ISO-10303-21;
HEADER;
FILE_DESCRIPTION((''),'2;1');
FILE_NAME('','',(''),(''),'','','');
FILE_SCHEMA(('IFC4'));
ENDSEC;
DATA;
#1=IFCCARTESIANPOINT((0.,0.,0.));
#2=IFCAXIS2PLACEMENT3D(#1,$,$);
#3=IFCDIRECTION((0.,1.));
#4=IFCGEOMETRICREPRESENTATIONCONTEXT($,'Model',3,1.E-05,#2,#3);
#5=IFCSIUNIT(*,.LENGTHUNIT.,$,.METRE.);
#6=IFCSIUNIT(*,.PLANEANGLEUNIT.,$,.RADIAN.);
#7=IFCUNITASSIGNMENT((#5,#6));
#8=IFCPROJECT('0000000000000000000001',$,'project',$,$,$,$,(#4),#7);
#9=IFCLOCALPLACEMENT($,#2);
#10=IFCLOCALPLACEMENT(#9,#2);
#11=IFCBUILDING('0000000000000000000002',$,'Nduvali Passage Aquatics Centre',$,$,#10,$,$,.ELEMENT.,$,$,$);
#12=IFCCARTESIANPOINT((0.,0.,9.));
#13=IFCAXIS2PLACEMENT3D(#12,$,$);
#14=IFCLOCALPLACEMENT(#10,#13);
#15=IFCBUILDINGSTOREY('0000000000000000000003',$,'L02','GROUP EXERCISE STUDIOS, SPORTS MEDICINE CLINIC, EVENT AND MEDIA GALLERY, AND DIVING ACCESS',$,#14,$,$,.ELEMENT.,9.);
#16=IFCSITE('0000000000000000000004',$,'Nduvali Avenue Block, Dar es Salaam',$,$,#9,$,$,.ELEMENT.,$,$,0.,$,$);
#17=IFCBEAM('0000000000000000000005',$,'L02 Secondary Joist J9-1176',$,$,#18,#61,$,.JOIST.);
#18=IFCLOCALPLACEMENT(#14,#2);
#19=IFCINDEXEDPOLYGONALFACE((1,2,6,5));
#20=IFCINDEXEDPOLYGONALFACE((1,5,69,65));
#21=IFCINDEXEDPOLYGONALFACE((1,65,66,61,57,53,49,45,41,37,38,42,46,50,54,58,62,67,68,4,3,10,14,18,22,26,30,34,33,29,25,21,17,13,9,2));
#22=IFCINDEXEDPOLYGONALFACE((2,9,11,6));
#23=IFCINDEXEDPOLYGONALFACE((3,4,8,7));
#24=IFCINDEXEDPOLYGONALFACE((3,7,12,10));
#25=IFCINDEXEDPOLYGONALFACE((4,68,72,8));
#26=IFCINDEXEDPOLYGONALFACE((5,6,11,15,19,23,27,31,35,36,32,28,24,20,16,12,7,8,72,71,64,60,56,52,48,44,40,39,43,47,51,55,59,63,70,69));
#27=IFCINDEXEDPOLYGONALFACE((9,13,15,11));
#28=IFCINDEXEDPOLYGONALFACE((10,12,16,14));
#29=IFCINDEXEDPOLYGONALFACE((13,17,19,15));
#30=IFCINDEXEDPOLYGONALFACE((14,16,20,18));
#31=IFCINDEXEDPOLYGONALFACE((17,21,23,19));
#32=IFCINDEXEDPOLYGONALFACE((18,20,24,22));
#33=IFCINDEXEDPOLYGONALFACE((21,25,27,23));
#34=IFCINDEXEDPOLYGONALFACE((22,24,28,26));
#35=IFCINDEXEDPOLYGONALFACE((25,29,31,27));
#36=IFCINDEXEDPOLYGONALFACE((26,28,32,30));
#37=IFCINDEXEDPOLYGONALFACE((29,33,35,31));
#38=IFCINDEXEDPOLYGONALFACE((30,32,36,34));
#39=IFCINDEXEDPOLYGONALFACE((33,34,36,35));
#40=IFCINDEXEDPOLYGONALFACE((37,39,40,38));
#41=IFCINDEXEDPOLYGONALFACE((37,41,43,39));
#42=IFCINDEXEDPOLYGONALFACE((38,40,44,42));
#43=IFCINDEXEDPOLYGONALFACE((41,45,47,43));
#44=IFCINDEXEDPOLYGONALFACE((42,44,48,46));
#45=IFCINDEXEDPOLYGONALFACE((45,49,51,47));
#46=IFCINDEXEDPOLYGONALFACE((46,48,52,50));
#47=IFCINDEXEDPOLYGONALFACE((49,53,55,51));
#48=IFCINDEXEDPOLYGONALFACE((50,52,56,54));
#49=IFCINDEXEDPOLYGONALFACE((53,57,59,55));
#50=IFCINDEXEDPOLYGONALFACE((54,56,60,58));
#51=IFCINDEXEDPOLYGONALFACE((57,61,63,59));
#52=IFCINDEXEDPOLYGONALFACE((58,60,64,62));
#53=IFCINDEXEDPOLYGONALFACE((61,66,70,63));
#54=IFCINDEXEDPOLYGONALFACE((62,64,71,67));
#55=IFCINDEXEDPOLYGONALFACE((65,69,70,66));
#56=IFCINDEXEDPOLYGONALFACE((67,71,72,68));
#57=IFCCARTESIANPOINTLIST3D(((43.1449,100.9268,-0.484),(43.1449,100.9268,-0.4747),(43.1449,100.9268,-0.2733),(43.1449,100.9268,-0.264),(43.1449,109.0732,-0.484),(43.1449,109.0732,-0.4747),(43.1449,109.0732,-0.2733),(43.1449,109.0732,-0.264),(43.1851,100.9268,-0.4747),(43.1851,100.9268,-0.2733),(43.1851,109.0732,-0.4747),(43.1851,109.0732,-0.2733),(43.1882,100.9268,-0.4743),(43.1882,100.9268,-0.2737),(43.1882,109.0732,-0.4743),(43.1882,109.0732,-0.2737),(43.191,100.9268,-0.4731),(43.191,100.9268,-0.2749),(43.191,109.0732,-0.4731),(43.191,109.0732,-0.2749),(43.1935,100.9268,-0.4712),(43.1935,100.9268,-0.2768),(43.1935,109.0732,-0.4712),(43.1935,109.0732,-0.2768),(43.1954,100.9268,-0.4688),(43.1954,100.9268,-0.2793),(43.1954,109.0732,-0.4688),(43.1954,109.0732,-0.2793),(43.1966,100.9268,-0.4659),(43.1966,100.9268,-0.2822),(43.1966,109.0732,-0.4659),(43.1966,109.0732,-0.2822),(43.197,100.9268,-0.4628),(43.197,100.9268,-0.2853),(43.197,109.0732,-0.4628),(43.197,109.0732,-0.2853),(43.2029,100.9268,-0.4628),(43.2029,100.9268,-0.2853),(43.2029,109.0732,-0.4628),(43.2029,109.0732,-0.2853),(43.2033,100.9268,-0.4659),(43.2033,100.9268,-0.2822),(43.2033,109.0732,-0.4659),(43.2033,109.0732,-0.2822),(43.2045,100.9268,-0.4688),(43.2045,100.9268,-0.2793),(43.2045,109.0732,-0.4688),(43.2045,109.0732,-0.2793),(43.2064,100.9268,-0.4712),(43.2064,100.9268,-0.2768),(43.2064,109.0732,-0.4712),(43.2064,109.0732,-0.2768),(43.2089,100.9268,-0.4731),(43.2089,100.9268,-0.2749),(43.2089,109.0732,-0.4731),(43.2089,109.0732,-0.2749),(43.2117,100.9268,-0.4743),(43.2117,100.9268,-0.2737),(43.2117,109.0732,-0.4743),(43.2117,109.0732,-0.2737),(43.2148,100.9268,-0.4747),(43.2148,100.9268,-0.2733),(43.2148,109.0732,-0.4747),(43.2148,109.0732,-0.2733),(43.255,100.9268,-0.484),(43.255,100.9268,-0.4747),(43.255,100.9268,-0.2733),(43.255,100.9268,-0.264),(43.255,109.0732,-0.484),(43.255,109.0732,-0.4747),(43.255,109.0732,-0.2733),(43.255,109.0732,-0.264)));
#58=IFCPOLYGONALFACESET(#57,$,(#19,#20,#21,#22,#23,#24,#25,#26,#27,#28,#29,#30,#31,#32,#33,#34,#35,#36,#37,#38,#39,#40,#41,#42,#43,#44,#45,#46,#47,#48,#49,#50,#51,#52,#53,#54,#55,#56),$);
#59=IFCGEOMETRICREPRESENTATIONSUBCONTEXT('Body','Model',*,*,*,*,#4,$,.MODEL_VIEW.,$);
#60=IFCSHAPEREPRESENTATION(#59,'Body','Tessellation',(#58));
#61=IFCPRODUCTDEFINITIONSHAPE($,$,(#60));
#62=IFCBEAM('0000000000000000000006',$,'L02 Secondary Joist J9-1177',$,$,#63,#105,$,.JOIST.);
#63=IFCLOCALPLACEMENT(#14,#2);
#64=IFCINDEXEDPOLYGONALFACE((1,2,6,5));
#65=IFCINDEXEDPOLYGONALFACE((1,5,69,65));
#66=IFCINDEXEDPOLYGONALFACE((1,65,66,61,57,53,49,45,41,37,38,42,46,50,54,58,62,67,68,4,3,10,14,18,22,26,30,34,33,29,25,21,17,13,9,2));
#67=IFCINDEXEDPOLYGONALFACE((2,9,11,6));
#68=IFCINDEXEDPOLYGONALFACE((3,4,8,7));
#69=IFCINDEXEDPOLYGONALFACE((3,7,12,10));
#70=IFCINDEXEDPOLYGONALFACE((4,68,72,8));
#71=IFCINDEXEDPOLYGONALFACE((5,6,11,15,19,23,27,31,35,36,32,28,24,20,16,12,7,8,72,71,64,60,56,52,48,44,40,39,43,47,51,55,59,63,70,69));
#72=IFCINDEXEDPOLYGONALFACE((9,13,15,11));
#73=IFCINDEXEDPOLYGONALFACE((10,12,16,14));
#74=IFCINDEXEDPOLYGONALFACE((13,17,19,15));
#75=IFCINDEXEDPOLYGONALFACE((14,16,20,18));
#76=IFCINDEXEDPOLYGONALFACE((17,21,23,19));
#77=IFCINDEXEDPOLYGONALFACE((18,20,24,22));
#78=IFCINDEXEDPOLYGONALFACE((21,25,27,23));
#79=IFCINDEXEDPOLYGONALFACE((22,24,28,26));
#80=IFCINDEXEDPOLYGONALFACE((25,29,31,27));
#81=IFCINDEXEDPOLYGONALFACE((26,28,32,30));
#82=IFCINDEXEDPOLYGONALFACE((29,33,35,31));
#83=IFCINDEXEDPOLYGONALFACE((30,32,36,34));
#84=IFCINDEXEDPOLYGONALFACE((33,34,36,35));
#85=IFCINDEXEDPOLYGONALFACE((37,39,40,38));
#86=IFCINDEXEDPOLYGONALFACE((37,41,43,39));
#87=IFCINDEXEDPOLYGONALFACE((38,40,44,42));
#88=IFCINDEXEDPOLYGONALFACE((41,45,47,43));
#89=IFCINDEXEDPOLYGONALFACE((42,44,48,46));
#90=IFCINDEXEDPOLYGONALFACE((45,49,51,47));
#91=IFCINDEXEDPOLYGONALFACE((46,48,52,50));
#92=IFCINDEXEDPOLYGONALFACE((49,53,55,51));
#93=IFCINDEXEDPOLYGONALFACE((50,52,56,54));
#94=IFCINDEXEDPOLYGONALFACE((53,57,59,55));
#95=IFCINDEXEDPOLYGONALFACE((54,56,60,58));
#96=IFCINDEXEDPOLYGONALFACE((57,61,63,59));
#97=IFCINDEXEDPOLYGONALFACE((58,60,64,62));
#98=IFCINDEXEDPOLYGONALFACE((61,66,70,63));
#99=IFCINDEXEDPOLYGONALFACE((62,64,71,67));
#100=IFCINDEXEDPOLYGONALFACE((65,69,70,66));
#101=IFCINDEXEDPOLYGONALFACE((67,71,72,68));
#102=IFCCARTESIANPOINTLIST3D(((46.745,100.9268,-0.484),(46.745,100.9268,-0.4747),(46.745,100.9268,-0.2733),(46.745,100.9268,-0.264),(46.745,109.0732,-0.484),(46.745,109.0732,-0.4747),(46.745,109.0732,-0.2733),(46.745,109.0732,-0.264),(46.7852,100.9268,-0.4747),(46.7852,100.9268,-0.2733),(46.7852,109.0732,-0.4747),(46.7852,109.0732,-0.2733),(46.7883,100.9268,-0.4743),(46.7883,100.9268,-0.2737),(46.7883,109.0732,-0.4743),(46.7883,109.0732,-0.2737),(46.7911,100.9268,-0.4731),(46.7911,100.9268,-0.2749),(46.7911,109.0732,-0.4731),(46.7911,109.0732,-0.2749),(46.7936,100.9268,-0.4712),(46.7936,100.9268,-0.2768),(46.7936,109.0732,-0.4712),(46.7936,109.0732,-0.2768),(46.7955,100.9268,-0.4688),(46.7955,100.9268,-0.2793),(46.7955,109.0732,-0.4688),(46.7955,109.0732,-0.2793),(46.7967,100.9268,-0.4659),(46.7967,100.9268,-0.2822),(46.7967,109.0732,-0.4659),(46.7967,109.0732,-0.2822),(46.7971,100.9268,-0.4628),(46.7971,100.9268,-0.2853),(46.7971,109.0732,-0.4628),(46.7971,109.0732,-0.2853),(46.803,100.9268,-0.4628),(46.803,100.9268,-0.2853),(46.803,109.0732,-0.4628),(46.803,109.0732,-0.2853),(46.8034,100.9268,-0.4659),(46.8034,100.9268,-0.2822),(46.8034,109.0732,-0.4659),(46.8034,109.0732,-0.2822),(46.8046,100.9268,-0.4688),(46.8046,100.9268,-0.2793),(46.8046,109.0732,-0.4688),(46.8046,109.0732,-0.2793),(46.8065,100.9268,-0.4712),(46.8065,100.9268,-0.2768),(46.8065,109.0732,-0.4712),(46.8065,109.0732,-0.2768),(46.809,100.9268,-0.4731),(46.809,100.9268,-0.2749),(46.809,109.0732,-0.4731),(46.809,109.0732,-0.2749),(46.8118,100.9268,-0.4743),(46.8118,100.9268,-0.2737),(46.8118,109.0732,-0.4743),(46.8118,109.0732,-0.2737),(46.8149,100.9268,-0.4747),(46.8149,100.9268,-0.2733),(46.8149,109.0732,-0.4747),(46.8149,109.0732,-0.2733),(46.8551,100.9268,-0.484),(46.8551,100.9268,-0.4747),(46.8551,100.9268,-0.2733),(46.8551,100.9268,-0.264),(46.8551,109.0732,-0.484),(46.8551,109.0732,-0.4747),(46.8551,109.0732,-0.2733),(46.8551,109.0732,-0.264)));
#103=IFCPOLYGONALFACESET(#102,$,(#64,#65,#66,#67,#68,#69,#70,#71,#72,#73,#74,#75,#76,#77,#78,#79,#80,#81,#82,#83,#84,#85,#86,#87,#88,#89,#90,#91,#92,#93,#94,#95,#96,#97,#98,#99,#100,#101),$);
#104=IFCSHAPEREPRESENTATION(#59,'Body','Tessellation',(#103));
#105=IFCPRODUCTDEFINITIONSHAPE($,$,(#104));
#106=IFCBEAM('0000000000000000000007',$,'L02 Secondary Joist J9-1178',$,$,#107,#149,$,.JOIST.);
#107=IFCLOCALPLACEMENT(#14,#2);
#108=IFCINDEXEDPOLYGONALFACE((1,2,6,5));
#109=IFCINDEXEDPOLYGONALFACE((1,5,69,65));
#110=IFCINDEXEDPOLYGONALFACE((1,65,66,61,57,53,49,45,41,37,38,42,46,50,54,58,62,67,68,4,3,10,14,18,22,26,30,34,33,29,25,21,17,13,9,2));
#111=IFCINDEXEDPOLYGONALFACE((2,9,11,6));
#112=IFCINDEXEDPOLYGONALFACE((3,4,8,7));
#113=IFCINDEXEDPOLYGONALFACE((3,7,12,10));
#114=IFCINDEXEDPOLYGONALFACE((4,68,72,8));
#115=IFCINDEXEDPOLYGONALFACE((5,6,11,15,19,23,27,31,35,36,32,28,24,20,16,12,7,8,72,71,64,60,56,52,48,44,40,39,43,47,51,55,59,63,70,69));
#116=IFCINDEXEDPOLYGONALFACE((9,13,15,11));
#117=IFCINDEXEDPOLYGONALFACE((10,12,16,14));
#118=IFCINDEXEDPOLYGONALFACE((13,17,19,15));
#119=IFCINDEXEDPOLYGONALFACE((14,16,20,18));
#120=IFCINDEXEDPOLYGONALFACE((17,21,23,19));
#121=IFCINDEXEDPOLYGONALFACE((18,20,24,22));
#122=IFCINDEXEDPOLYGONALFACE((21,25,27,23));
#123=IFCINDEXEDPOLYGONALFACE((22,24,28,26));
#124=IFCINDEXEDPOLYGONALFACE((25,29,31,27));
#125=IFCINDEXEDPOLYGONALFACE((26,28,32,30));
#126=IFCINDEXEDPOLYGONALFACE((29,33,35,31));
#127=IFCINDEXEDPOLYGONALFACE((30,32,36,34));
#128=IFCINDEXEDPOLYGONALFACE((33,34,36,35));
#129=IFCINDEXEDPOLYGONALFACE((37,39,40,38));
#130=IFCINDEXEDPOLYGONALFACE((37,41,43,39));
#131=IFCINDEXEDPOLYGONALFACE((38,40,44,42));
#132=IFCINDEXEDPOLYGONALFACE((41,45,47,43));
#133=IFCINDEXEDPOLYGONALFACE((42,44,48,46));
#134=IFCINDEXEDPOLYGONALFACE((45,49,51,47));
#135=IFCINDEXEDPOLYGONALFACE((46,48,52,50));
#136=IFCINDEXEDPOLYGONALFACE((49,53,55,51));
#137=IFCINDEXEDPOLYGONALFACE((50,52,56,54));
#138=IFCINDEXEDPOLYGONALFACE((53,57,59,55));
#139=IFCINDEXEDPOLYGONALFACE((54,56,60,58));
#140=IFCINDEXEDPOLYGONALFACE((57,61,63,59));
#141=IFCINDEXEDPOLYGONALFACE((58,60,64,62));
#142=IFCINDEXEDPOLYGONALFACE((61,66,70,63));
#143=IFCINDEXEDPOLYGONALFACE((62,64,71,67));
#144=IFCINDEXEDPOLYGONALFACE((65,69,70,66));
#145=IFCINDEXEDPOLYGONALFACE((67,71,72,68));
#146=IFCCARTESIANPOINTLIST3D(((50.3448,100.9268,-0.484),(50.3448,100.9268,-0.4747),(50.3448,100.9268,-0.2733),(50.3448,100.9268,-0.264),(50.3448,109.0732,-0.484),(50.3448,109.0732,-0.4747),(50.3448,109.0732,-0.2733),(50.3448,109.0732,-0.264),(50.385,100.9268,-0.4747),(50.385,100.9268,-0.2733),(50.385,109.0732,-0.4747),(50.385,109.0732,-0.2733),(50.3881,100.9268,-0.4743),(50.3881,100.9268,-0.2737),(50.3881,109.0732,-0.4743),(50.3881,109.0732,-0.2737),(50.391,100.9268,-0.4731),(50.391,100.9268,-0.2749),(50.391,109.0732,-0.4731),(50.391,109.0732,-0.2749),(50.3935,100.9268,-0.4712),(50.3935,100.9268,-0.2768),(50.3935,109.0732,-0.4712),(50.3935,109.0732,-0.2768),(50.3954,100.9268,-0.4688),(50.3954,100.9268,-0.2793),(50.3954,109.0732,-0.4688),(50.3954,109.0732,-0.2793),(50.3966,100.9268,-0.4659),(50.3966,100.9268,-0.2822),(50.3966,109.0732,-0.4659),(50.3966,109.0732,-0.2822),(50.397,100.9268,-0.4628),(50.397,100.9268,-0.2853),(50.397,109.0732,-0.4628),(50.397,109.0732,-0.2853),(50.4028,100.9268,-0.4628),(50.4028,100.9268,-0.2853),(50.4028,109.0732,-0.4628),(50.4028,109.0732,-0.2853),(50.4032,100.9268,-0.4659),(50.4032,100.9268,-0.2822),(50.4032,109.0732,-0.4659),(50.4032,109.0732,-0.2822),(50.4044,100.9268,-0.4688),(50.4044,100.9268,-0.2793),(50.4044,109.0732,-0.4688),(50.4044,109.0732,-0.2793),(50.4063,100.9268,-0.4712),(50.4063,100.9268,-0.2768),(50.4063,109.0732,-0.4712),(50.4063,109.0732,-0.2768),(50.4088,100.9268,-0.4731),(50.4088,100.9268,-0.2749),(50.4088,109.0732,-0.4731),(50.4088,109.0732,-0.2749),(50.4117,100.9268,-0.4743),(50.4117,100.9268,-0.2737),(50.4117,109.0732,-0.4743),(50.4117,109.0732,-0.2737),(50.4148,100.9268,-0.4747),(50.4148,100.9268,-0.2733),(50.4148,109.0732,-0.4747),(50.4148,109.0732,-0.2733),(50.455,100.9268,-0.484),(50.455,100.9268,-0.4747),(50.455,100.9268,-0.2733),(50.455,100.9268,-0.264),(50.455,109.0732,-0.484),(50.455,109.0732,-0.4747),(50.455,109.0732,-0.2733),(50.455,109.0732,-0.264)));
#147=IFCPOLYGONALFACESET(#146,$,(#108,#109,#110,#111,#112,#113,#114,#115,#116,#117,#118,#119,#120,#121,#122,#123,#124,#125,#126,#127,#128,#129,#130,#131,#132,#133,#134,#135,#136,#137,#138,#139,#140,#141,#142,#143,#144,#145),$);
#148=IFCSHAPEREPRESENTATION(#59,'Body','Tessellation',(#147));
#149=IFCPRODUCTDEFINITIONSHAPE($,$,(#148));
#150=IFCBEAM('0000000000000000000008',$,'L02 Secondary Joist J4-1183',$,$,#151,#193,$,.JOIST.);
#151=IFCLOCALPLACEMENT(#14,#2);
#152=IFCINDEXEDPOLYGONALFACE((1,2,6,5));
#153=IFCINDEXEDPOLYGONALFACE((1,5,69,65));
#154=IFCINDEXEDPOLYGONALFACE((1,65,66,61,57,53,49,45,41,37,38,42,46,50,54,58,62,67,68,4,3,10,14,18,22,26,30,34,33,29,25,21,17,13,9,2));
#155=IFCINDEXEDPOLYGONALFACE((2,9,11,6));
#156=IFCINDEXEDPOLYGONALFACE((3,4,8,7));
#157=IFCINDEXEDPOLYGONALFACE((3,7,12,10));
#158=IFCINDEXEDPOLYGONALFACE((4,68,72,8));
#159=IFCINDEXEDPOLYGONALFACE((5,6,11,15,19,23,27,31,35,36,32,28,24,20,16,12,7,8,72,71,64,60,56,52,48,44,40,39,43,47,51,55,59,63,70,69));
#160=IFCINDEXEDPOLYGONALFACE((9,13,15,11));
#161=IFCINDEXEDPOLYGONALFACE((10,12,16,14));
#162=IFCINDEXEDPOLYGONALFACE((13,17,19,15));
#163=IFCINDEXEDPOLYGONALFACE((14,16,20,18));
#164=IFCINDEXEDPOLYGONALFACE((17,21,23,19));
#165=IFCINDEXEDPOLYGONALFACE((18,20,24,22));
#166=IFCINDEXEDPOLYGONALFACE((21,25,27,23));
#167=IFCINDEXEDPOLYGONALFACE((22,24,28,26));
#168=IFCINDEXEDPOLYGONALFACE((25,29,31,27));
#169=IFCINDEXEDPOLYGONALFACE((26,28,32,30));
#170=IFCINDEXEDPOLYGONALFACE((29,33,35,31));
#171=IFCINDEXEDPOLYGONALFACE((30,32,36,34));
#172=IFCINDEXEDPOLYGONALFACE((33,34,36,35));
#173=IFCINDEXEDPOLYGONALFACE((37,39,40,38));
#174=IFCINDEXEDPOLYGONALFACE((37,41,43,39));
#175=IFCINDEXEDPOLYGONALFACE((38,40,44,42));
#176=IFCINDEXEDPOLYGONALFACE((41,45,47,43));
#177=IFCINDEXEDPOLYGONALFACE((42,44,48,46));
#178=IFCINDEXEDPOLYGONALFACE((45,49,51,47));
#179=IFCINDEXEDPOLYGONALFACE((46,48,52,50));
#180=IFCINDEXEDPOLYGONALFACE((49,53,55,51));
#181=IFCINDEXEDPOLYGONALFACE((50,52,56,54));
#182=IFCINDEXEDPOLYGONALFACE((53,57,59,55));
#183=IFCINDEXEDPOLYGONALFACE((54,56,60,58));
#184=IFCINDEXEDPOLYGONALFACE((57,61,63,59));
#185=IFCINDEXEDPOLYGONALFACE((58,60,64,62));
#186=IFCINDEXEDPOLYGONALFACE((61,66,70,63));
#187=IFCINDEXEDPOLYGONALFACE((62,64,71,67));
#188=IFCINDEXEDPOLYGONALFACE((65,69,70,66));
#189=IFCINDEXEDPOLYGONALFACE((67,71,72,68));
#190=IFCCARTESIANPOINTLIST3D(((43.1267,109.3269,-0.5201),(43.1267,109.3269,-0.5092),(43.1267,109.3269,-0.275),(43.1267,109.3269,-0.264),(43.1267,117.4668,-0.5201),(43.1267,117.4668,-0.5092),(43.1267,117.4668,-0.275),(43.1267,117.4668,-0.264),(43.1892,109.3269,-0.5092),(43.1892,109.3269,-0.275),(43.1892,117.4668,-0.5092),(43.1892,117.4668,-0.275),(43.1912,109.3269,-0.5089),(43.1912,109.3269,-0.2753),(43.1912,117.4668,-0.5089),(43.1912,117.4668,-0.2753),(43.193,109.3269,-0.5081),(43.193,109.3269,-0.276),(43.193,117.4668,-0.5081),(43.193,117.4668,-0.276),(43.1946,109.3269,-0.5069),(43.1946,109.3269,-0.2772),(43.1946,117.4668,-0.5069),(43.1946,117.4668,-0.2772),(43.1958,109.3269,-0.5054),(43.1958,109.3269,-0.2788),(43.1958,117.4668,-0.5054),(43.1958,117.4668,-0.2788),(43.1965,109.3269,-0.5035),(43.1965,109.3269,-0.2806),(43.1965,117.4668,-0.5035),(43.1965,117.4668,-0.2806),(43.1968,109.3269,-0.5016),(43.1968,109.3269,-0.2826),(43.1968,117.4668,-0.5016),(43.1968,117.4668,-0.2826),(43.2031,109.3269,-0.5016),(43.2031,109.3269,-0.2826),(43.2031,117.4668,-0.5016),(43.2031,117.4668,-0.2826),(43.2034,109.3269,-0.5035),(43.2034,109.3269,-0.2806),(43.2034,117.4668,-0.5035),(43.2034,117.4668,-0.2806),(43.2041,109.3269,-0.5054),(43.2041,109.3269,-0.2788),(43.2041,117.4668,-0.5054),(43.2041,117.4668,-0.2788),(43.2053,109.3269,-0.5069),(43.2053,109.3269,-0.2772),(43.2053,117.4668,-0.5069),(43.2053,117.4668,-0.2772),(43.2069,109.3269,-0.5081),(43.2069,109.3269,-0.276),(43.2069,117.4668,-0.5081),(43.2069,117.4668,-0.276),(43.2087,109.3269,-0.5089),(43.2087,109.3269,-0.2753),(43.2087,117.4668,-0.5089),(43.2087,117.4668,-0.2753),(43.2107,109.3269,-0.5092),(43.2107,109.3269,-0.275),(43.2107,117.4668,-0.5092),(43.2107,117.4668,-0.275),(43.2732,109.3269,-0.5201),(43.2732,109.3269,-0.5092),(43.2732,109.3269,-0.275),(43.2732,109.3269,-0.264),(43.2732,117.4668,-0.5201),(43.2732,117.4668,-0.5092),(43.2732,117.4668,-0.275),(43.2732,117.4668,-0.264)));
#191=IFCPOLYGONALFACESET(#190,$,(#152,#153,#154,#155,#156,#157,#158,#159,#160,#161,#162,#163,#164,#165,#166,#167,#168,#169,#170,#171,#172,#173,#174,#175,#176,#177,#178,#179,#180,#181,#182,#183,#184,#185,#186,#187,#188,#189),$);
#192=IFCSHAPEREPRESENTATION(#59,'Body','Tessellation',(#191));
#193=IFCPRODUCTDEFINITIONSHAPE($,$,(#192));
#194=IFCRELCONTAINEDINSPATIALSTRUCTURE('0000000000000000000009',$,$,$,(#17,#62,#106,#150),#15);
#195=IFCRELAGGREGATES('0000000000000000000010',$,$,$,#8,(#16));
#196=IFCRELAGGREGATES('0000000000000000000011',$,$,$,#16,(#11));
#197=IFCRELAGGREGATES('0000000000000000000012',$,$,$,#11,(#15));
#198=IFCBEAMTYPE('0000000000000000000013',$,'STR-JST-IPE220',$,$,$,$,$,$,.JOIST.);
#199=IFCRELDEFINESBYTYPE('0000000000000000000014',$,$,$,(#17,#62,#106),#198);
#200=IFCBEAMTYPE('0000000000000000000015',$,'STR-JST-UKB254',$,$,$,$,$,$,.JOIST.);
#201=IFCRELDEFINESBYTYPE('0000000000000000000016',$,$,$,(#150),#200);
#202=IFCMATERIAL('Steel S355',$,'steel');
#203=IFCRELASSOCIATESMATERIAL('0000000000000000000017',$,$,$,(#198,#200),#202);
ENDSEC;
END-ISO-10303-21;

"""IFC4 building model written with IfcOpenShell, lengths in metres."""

from ifc_helpers import new_model, si_unit, direction, frame, origin, origin_2d, place, context, subcontext, project, spatial, i_section, extrude, material, material_profile, profile_set, type_object, element, save


model = new_model("IFC4")

# Units and contexts
model_context = context("Model", 3, precision=1e-05, world=origin(), true_north=direction((0.0, 1.0)))
body_context = subcontext(model_context, "Body", "Model", "MODEL_VIEW")
ifc_project = project(units=[si_unit("LENGTHUNIT", "METRE"), si_unit("PLANEANGLEUNIT", "RADIAN")], contexts=[model_context])

# Site, building, storey
site_placement = place(None, origin())
site = spatial("IfcSite", under=ifc_project, at=site_placement, Name="Nduvali Avenue Block, Dar es Salaam", CompositionType="ELEMENT", RefElevation=0.0)
building_placement = place(site_placement, origin())
building = spatial("IfcBuilding", under=site, at=building_placement, Name="Nduvali Passage Aquatics Centre", CompositionType="ELEMENT")
storey_placement = place(building_placement, frame((0.0, 0.0, 9.0)))
storey = spatial("IfcBuildingStorey", under=building, at=storey_placement, Name="L02", Description="GROUP EXERCISE STUDIOS, SPORTS MEDICINE CLINIC, EVENT AND MEDIA GALLERY, AND DIVING ACCESS", CompositionType="ELEMENT", Elevation=9.0)

# Shared definitions
ifc_material_1 = material(Name="Steel S355", Category="steel")

# Beams
ifc_material_profile_1 = material_profile(ifc_material_1, i_section(OverallWidth=0.1101, OverallDepth=0.22, WebThickness=0.0059, FlangeThickness=0.0093, FilletRadius=0.012, at=origin_2d()), Name="IPE 220")
ifc_profile_set_1 = profile_set([ifc_material_profile_1], Name="Steel S355")
beam_type_1 = type_object("IfcBeamType", Name="STR-JST-IPE220", PredefinedType="JOIST", material=ifc_profile_set_1)
for number, where, z_axis, x_axis, name in (
    (1, (43.2, 100.9268, -0.374), (0.0, 1.0, 0.0), (-1.0, 0.0, 0.0), "L02 Secondary Joist J9-1176"),
    (2, (46.8, 100.9268, -0.374), (0.0, 1.0, 0.0), (-1.0, 0.0, 0.0), "L02 Secondary Joist J9-1177"),
    (3, (50.3999, 100.9268, -0.374), (0.0, 1.0, 0.0), (-1.0, 0.0, 0.0), "L02 Secondary Joist J9-1178"),
):
    element("IfcBeam", number, at=place(storey_placement, frame(where, z_axis=z_axis, x_axis=x_axis)), inside=storey, type_object=beam_type_1, Name=name, PredefinedType="JOIST", context=body_context, shape_type="SweptSolid", body=[
        extrude(i_section(OverallWidth=0.1101, OverallDepth=0.22, WebThickness=0.0059, FlangeThickness=0.0093, FilletRadius=0.012, at=origin_2d()), origin(), (0.0, 0.0, 1.0), 8.1465),
    ])
ifc_material_profile_2 = material_profile(ifc_material_1, i_section(OverallWidth=0.1465, OverallDepth=0.2561, WebThickness=0.0063, FlangeThickness=0.011, FilletRadius=0.0076, at=origin_2d()), Name="UKB 254x146x37")
ifc_profile_set_2 = profile_set([ifc_material_profile_2], Name="Steel S355")
beam_type_2 = type_object("IfcBeamType", Name="STR-JST-UKB254", PredefinedType="JOIST", material=ifc_profile_set_2)
for number, where, z_axis, x_axis, name in (
    (4, (43.2, 109.3269, -0.3921), (0.0, 1.0, 0.0), (-1.0, 0.0, 0.0), "L02 Secondary Joist J4-1183"),
):
    element("IfcBeam", number, at=place(storey_placement, frame(where, z_axis=z_axis, x_axis=x_axis)), inside=storey, type_object=beam_type_2, Name=name, PredefinedType="JOIST", context=body_context, shape_type="SweptSolid", body=[
        extrude(i_section(OverallWidth=0.1465, OverallDepth=0.2561, WebThickness=0.0063, FlangeThickness=0.011, FilletRadius=0.0076, at=origin_2d()), origin(), (0.0, 0.0, 1.0), 8.1399),
    ])

save(model, "model.ifc")
